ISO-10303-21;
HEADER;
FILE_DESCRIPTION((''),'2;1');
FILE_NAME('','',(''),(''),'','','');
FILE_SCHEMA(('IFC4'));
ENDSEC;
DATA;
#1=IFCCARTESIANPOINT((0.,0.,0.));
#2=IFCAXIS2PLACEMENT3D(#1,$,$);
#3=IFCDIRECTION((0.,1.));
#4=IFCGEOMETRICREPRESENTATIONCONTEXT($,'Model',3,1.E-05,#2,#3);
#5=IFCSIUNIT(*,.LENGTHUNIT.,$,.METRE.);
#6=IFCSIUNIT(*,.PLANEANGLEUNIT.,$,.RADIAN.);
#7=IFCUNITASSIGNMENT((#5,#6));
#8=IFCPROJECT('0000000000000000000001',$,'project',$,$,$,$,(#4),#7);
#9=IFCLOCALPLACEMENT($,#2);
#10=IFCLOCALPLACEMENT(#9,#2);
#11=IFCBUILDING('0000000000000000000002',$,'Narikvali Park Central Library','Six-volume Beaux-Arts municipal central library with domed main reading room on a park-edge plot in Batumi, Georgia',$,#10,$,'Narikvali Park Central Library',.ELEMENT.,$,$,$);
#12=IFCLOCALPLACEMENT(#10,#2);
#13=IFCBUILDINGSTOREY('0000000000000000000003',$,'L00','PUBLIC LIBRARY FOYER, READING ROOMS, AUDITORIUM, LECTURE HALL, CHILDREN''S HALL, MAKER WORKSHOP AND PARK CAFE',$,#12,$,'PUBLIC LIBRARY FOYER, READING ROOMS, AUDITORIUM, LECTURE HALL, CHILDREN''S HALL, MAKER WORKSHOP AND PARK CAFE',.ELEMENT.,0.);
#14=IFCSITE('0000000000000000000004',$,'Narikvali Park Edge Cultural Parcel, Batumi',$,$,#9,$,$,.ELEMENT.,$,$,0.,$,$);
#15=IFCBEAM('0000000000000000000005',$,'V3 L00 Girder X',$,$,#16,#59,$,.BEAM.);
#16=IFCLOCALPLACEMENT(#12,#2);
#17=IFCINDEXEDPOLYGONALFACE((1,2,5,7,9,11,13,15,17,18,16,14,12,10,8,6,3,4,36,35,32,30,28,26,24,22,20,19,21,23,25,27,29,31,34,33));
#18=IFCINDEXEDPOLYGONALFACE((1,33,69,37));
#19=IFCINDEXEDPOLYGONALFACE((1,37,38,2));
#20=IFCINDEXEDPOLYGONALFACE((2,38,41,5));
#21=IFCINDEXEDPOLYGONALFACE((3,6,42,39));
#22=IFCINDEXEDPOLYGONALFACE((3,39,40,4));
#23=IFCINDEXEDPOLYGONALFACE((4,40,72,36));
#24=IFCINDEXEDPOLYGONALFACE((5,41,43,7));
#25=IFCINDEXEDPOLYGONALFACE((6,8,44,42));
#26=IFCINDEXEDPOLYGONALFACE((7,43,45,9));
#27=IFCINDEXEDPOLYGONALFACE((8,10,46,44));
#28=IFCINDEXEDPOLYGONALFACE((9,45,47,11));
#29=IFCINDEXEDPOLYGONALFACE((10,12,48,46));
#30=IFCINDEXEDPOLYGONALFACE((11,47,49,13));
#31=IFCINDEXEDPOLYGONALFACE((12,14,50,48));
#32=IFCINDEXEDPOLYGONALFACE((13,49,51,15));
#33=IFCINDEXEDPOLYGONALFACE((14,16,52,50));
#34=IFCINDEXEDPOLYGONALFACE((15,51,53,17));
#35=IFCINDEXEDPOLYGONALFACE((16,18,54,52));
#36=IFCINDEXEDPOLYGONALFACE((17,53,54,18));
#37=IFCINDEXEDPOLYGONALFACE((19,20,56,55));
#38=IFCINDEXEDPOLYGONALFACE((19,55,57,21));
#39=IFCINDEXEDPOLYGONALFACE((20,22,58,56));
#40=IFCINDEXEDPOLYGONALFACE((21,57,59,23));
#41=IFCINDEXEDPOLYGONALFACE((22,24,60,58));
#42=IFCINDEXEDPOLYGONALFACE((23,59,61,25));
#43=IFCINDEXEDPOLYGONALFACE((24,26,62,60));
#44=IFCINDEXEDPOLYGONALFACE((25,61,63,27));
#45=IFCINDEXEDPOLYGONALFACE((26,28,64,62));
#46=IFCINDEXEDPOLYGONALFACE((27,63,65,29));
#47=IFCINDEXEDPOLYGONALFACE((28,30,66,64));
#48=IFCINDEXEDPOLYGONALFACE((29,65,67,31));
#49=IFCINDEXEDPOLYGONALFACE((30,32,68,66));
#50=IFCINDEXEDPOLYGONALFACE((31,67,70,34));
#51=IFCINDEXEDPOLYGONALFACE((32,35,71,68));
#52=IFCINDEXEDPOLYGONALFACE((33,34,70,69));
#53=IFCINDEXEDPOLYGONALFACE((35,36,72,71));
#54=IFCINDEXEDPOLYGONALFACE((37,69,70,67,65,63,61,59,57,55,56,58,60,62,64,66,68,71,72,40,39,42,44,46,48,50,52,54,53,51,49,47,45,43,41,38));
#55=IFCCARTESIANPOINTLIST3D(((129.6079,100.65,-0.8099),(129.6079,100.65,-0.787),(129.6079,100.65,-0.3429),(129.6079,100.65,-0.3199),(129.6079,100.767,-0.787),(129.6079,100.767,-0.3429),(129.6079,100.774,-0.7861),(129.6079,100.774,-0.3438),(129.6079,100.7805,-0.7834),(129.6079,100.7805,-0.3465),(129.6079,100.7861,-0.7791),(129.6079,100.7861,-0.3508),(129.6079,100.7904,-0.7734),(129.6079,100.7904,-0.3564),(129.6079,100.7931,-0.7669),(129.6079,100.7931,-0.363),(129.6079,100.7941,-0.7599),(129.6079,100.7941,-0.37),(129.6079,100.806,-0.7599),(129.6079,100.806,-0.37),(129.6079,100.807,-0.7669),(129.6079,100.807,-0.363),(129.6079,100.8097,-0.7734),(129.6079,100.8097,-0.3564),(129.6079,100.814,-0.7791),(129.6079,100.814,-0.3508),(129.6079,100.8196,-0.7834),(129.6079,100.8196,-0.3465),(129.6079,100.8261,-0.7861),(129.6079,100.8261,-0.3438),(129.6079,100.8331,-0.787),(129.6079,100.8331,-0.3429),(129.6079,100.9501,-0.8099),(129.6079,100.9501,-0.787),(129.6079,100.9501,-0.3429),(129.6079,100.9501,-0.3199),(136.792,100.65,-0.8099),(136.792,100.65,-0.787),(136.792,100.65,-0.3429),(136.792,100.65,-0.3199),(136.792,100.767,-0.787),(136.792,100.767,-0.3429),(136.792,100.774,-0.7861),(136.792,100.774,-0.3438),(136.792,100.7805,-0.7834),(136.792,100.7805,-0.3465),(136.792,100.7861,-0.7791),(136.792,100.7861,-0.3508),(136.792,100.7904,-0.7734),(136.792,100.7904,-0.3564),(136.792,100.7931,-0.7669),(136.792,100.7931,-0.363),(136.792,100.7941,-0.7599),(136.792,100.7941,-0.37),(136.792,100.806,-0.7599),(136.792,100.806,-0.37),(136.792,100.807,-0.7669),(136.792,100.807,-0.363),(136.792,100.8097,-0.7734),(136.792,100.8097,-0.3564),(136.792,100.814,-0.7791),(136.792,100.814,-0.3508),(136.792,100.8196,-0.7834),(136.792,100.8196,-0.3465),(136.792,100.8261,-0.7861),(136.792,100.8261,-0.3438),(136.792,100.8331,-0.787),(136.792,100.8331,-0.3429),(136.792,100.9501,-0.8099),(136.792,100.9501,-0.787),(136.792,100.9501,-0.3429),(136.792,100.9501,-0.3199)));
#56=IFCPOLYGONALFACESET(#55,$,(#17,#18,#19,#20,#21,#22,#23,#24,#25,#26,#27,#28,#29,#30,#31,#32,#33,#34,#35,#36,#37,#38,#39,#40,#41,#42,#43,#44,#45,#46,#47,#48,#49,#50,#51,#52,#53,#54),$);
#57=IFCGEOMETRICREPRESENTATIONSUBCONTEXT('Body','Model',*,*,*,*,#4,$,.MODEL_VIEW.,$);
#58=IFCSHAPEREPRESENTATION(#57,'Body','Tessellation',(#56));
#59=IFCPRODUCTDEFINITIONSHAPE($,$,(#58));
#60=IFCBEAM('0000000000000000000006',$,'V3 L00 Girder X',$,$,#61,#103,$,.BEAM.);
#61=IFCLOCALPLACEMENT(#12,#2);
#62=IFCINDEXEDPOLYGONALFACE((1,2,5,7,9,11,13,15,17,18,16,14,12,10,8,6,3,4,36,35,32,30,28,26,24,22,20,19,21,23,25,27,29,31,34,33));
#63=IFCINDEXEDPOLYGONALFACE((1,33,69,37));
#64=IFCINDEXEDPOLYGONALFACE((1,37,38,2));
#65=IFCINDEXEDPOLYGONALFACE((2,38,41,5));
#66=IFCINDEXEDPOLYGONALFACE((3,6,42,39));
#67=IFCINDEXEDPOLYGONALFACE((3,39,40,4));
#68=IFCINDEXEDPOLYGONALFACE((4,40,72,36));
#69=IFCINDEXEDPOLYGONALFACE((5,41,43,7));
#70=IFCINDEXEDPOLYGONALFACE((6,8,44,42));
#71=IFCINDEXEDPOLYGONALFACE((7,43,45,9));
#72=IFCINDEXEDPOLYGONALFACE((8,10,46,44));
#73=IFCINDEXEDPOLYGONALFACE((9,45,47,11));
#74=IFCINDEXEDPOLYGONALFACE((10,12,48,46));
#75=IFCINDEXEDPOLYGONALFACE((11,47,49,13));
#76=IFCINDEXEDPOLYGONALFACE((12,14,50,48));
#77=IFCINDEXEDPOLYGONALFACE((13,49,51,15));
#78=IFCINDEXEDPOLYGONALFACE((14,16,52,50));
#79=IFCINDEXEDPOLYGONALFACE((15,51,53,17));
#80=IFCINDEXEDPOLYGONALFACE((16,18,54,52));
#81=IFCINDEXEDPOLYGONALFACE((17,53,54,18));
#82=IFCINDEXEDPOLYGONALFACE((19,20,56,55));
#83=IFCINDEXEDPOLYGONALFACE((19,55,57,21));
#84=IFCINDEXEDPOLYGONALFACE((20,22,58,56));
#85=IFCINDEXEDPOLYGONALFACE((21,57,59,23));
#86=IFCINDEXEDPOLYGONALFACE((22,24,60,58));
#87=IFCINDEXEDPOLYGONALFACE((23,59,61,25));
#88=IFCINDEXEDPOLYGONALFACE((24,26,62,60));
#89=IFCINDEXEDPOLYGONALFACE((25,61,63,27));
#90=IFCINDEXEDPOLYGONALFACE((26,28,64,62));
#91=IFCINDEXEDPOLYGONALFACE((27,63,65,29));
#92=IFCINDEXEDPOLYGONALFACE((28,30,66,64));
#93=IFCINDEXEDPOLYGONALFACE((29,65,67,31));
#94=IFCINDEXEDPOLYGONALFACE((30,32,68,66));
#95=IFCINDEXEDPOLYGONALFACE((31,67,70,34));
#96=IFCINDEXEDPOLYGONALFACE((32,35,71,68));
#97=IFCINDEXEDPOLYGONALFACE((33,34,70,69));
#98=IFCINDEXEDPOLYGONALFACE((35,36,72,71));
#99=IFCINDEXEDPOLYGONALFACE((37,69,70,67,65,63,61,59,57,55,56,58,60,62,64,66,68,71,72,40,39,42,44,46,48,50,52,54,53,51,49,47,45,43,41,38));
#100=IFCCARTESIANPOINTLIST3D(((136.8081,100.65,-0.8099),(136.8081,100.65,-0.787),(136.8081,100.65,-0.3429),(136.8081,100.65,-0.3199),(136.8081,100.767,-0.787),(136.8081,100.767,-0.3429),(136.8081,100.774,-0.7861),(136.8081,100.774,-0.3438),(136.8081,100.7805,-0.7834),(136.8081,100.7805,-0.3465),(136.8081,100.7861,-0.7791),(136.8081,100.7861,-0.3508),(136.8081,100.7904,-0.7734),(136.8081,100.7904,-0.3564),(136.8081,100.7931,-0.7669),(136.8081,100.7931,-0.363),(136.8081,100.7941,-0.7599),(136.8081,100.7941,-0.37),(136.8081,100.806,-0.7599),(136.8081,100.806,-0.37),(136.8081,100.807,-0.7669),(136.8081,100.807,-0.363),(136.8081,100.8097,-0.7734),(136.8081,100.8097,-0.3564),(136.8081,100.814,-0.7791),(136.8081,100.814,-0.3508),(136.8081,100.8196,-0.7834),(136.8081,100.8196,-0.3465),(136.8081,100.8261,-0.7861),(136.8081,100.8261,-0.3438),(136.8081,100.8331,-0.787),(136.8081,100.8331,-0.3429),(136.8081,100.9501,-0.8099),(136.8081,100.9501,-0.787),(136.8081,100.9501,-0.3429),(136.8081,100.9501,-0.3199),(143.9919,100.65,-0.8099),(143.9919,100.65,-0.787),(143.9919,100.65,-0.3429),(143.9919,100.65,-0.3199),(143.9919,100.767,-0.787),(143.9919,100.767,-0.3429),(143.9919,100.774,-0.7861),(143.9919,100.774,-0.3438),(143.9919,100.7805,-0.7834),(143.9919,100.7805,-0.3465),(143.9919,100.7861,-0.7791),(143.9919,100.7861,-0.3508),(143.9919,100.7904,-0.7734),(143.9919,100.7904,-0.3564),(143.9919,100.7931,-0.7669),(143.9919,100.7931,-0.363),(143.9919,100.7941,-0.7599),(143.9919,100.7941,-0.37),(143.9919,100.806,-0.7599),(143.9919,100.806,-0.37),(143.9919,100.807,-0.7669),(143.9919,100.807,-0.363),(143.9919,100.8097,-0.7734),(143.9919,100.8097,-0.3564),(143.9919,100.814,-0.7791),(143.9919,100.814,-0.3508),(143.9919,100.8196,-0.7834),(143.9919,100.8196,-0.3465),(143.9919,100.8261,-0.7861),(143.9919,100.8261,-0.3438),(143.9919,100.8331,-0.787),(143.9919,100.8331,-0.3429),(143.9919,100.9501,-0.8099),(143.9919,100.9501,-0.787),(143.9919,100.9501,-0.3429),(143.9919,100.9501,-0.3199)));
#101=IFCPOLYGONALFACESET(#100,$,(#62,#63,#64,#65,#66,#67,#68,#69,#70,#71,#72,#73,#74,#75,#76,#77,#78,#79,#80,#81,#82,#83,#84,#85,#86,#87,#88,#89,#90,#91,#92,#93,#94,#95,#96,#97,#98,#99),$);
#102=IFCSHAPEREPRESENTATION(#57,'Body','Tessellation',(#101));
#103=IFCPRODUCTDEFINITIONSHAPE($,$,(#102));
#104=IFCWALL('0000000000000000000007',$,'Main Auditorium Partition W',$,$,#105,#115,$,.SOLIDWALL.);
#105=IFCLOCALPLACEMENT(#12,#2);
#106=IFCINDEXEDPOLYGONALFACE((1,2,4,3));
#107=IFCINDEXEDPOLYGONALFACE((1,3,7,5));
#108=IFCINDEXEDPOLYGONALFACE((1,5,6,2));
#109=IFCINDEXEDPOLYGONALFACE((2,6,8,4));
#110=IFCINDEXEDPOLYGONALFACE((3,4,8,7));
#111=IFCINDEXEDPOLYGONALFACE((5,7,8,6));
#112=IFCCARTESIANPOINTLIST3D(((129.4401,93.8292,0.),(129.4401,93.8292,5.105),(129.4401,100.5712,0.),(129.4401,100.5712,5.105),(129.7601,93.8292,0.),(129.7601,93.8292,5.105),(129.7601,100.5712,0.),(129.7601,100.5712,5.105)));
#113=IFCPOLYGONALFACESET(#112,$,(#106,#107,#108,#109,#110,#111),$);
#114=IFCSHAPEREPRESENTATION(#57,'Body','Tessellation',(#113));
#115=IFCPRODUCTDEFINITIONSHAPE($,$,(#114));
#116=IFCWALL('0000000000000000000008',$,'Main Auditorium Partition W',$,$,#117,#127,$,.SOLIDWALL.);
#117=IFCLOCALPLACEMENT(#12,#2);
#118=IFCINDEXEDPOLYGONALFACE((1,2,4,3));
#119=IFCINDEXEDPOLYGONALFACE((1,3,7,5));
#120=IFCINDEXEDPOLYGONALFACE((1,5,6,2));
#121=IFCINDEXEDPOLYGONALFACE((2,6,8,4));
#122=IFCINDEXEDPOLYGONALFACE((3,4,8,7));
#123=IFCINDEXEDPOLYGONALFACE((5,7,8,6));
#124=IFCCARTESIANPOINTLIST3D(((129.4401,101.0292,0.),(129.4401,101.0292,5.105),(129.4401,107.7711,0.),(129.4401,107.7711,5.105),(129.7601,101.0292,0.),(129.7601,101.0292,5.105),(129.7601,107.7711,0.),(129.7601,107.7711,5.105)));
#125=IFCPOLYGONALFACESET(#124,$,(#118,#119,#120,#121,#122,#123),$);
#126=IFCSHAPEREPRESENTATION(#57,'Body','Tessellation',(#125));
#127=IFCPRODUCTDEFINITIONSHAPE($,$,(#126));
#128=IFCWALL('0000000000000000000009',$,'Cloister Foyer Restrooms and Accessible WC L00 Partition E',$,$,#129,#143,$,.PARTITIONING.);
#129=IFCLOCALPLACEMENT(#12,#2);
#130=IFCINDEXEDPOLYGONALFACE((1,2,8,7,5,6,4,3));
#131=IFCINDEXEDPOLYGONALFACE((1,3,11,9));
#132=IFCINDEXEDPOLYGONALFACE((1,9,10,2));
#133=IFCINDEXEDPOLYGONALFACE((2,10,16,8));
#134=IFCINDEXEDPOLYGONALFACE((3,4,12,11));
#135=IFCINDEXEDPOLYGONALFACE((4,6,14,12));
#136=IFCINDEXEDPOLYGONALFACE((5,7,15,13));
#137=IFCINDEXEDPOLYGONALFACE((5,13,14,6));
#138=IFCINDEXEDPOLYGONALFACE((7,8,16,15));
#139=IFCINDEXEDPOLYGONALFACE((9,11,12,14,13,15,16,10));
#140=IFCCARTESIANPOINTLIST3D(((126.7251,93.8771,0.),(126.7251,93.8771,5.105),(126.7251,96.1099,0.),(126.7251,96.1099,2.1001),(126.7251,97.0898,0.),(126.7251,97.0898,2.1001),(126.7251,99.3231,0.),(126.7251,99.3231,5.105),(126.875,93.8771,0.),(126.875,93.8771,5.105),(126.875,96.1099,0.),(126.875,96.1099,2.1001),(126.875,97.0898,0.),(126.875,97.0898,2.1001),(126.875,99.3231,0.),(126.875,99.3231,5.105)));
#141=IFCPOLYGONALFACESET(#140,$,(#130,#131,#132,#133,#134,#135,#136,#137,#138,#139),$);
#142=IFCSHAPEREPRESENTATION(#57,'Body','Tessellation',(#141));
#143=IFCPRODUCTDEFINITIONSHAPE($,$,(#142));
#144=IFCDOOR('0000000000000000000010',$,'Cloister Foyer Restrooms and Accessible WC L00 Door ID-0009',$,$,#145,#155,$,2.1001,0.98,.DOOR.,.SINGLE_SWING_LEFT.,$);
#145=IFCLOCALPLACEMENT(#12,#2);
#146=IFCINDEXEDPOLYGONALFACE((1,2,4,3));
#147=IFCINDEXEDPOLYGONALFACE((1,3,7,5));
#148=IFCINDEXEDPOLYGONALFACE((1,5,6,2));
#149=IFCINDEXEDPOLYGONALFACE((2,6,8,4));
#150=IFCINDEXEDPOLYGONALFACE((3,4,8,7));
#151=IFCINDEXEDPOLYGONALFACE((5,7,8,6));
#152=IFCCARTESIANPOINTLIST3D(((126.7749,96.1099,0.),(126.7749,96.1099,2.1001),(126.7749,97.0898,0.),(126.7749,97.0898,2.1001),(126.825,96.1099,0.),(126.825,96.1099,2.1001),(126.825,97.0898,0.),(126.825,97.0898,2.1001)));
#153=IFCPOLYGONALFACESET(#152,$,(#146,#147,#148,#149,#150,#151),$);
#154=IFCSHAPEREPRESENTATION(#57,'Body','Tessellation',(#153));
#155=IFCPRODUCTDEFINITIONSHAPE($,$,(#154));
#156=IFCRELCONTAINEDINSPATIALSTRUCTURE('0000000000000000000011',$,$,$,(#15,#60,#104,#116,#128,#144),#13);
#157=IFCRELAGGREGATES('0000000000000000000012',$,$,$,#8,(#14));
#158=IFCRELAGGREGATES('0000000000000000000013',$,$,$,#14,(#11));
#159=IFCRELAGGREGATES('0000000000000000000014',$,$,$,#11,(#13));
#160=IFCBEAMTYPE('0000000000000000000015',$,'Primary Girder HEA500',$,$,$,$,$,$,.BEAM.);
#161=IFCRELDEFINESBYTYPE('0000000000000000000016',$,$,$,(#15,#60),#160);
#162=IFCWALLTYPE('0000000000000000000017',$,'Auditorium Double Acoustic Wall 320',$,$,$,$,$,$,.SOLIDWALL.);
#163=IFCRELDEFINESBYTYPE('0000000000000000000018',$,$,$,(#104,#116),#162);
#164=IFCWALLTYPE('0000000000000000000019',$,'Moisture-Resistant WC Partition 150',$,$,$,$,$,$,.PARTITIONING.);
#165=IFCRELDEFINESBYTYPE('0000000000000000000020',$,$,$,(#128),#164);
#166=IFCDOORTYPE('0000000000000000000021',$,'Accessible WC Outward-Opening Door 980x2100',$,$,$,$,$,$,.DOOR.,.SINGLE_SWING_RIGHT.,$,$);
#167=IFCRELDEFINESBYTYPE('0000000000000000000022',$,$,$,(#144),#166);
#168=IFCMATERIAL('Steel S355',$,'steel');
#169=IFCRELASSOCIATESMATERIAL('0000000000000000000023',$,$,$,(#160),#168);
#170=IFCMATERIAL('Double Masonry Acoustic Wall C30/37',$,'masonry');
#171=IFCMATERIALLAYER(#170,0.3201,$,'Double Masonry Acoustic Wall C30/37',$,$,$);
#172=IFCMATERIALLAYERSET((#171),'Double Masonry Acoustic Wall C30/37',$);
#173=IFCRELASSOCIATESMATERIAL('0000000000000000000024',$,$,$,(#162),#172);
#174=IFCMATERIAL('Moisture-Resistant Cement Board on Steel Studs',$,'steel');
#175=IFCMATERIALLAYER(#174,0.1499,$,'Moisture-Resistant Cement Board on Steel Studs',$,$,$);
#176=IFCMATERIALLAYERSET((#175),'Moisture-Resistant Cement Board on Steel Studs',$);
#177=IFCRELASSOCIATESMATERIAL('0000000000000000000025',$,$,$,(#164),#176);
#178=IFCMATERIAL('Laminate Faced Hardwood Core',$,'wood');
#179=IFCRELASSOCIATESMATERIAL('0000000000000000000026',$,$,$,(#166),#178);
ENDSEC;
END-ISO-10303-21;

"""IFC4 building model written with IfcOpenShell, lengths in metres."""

from ifc_helpers import new_model, si_unit, direction, frame, frame_2d, origin, origin_2d, place, context, subcontext, project, spatial, rectangle, i_section, extrude, material, layer, layer_set, material_profile, profile_set, type_object, element, fill, save


model = new_model("IFC4")

# Units and contexts
model_context = context("Model", 3, precision=1e-05, world=origin(), true_north=direction((0.0, 1.0)))
body_context = subcontext(model_context, "Body", "Model", "MODEL_VIEW")
ifc_project = project(units=[si_unit("LENGTHUNIT", "METRE"), si_unit("PLANEANGLEUNIT", "RADIAN")], contexts=[model_context])

# Site, building, storey
site_placement = place(None, origin())
site = spatial("IfcSite", under=ifc_project, at=site_placement, Name="Narikvali Park Edge Cultural Parcel, Batumi", CompositionType="ELEMENT", RefElevation=0.0)
building_placement = place(site_placement, origin())
building = spatial("IfcBuilding", under=site, at=building_placement, Name="Narikvali Park Central Library", Description="Six-volume Beaux-Arts municipal central library with domed main reading room on a park-edge plot in Batumi, Georgia", LongName="Narikvali Park Central Library", CompositionType="ELEMENT")
storey_placement = place(building_placement, origin())
storey = spatial("IfcBuildingStorey", under=building, at=storey_placement, Name="L00", Description="PUBLIC LIBRARY FOYER, READING ROOMS, AUDITORIUM, LECTURE HALL, CHILDREN'S HALL, MAKER WORKSHOP AND PARK CAFE", LongName="PUBLIC LIBRARY FOYER, READING ROOMS, AUDITORIUM, LECTURE HALL, CHILDREN'S HALL, MAKER WORKSHOP AND PARK CAFE", CompositionType="ELEMENT", Elevation=0.0)

# Shared definitions
ifc_material_1 = material(Name="Steel S355", Category="steel")

# Beams
ifc_material_profile_1 = material_profile(ifc_material_1, i_section(OverallWidth=0.3, OverallDepth=0.49, WebThickness=0.012, FlangeThickness=0.0229, FilletRadius=0.0271, at=origin_2d()), Name="HEA 500")
ifc_profile_set_1 = profile_set([ifc_material_profile_1], Name="Steel S355")
beam_type_1 = type_object("IfcBeamType", Name="Primary Girder HEA500", PredefinedType="BEAM", material=ifc_profile_set_1)
beam_1_placement = place(storey_placement, frame((129.6079, 100.8, -0.5649), z_axis=(1.0, 0.0, 0.0), x_axis=(0.0, 1.0, 0.0)))
element("IfcBeam", 1, at=beam_1_placement, inside=storey, type_object=beam_type_1, Name="V3 L00 Girder X", PredefinedType="BEAM", context=body_context, shape_type="SweptSolid", body=[
    extrude(i_section(OverallWidth=0.3, OverallDepth=0.49, WebThickness=0.012, FlangeThickness=0.0229, FilletRadius=0.0271, at=origin_2d()), origin(), (0.0, 0.0, 1.0), 7.1841),
])
beam_2_placement = place(storey_placement, frame((136.8081, 100.8, -0.5649), z_axis=(1.0, 0.0, 0.0), x_axis=(0.0, 1.0, 0.0)))
element("IfcBeam", 2, at=beam_2_placement, inside=storey, type_object=beam_type_1, Name="V3 L00 Girder X", PredefinedType="BEAM", context=body_context, shape_type="SweptSolid", body=[
    extrude(i_section(OverallWidth=0.3, OverallDepth=0.49, WebThickness=0.012, FlangeThickness=0.0229, FilletRadius=0.0271, at=origin_2d()), origin(), (0.0, 0.0, 1.0), 7.1838),
])

# Walls
ifc_material_2 = material(Name="Double Masonry Acoustic Wall C30/37", Category="masonry")
ifc_layer_1 = layer(ifc_material_2, 0.3201, Name="Double Masonry Acoustic Wall C30/37")
ifc_layer_set_1 = layer_set([ifc_layer_1], Name="Double Masonry Acoustic Wall C30/37")
wall_type_1 = type_object("IfcWallType", Name="Auditorium Double Acoustic Wall 320", PredefinedType="SOLIDWALL", material=ifc_layer_set_1)
for number, where, z_axis, x_axis, name in (
    (3, (129.6001, 93.8291, 0.0), (0.0, 0.0, 1.0), (0.0, 1.0, 0.0), "Main Auditorium Partition W"),
    (4, (129.6001, 101.0291, 0.0), (0.0, 0.0, 1.0), (0.0, 1.0, 0.0), "Main Auditorium Partition W"),
):
    element("IfcWall", number, at=place(storey_placement, frame(where, z_axis=z_axis, x_axis=x_axis)), inside=storey, type_object=wall_type_1, Name=name, PredefinedType="SOLIDWALL", context=body_context, shape_type="SweptSolid", body=[
        extrude(rectangle(XDim=6.7419, YDim=0.3201, at=frame_2d((3.3711, 0.0))), origin(), (0.0, 0.0, 1.0), 5.105),
    ])

# Wall, opening, door
ifc_material_3 = material(Name="Moisture-Resistant Cement Board on Steel Studs", Category="steel")
ifc_layer_2 = layer(ifc_material_3, 0.1499, Name="Moisture-Resistant Cement Board on Steel Studs")
ifc_layer_set_2 = layer_set([ifc_layer_2], Name="Moisture-Resistant Cement Board on Steel Studs")
wall_type_2 = type_object("IfcWallType", Name="Moisture-Resistant WC Partition 150", PredefinedType="PARTITIONING", material=ifc_layer_set_2)
wall_1_placement = place(storey_placement, frame((126.8, 93.877, 0.0), z_axis=(0.0, 0.0, 1.0), x_axis=(0.0, 1.0, 0.0)))
wall_1 = element("IfcWall", 5, at=wall_1_placement, inside=storey, type_object=wall_type_2, Name="Cloister Foyer Restrooms and Accessible WC L00 Partition E", PredefinedType="PARTITIONING", context=body_context, shape_type="SweptSolid", body=[
    extrude(rectangle(XDim=5.446, YDim=0.1499, at=frame_2d((2.7231, 0.0))), origin(), (0.0, 0.0, 1.0), 5.105),
])
opening_1_placement = place(wall_1_placement, frame((2.2329, 0.0, 0.0)))
opening_1 = element("IfcOpeningElement", 6, at=opening_1_placement, cuts=wall_1, PredefinedType="OPENING", context=body_context, shape_type="SweptSolid", body=[
    extrude(rectangle(XDim=0.98, YDim=2.1001, at=frame_2d((0.49, 1.05))), frame((0.0, 0.0869, 0.0), z_axis=(0.0, -1.0, 0.0), x_axis=(1.0, 0.0, 0.0)), (0.0, 0.0, 1.0), 0.1738),
])
ifc_material_4 = material(Name="Laminate Faced Hardwood Core", Category="wood")
door_type_1 = type_object("IfcDoorType", Name="Accessible WC Outward-Opening Door 980x2100", OperationType="SINGLE_SWING_RIGHT", PredefinedType="DOOR", material=ifc_material_4)
door_1_placement = place(opening_1_placement, frame((0.98, 0.0, 0.0), z_axis=(0.0, 0.0, 1.0), x_axis=(-1.0, 0.0, 0.0)))
door_1 = element("IfcDoor", 7, at=door_1_placement, inside=storey, type_object=door_type_1, Name="Cloister Foyer Restrooms and Accessible WC L00 Door ID-0009", OperationType="SINGLE_SWING_LEFT", OverallHeight=2.1001, OverallWidth=0.98, PredefinedType="DOOR", context=body_context, shape_type="SweptSolid", body=[
    extrude(rectangle(XDim=0.98, YDim=2.1001, at=frame_2d((0.49, 1.05))), frame((0.0, 0.0249, 0.0), z_axis=(0.0, -1.0, 0.0), x_axis=(1.0, 0.0, 0.0)), (0.0, 0.0, 1.0), 0.05),
])
fill(opening_1, door_1)

save(model, "model.ifc")
